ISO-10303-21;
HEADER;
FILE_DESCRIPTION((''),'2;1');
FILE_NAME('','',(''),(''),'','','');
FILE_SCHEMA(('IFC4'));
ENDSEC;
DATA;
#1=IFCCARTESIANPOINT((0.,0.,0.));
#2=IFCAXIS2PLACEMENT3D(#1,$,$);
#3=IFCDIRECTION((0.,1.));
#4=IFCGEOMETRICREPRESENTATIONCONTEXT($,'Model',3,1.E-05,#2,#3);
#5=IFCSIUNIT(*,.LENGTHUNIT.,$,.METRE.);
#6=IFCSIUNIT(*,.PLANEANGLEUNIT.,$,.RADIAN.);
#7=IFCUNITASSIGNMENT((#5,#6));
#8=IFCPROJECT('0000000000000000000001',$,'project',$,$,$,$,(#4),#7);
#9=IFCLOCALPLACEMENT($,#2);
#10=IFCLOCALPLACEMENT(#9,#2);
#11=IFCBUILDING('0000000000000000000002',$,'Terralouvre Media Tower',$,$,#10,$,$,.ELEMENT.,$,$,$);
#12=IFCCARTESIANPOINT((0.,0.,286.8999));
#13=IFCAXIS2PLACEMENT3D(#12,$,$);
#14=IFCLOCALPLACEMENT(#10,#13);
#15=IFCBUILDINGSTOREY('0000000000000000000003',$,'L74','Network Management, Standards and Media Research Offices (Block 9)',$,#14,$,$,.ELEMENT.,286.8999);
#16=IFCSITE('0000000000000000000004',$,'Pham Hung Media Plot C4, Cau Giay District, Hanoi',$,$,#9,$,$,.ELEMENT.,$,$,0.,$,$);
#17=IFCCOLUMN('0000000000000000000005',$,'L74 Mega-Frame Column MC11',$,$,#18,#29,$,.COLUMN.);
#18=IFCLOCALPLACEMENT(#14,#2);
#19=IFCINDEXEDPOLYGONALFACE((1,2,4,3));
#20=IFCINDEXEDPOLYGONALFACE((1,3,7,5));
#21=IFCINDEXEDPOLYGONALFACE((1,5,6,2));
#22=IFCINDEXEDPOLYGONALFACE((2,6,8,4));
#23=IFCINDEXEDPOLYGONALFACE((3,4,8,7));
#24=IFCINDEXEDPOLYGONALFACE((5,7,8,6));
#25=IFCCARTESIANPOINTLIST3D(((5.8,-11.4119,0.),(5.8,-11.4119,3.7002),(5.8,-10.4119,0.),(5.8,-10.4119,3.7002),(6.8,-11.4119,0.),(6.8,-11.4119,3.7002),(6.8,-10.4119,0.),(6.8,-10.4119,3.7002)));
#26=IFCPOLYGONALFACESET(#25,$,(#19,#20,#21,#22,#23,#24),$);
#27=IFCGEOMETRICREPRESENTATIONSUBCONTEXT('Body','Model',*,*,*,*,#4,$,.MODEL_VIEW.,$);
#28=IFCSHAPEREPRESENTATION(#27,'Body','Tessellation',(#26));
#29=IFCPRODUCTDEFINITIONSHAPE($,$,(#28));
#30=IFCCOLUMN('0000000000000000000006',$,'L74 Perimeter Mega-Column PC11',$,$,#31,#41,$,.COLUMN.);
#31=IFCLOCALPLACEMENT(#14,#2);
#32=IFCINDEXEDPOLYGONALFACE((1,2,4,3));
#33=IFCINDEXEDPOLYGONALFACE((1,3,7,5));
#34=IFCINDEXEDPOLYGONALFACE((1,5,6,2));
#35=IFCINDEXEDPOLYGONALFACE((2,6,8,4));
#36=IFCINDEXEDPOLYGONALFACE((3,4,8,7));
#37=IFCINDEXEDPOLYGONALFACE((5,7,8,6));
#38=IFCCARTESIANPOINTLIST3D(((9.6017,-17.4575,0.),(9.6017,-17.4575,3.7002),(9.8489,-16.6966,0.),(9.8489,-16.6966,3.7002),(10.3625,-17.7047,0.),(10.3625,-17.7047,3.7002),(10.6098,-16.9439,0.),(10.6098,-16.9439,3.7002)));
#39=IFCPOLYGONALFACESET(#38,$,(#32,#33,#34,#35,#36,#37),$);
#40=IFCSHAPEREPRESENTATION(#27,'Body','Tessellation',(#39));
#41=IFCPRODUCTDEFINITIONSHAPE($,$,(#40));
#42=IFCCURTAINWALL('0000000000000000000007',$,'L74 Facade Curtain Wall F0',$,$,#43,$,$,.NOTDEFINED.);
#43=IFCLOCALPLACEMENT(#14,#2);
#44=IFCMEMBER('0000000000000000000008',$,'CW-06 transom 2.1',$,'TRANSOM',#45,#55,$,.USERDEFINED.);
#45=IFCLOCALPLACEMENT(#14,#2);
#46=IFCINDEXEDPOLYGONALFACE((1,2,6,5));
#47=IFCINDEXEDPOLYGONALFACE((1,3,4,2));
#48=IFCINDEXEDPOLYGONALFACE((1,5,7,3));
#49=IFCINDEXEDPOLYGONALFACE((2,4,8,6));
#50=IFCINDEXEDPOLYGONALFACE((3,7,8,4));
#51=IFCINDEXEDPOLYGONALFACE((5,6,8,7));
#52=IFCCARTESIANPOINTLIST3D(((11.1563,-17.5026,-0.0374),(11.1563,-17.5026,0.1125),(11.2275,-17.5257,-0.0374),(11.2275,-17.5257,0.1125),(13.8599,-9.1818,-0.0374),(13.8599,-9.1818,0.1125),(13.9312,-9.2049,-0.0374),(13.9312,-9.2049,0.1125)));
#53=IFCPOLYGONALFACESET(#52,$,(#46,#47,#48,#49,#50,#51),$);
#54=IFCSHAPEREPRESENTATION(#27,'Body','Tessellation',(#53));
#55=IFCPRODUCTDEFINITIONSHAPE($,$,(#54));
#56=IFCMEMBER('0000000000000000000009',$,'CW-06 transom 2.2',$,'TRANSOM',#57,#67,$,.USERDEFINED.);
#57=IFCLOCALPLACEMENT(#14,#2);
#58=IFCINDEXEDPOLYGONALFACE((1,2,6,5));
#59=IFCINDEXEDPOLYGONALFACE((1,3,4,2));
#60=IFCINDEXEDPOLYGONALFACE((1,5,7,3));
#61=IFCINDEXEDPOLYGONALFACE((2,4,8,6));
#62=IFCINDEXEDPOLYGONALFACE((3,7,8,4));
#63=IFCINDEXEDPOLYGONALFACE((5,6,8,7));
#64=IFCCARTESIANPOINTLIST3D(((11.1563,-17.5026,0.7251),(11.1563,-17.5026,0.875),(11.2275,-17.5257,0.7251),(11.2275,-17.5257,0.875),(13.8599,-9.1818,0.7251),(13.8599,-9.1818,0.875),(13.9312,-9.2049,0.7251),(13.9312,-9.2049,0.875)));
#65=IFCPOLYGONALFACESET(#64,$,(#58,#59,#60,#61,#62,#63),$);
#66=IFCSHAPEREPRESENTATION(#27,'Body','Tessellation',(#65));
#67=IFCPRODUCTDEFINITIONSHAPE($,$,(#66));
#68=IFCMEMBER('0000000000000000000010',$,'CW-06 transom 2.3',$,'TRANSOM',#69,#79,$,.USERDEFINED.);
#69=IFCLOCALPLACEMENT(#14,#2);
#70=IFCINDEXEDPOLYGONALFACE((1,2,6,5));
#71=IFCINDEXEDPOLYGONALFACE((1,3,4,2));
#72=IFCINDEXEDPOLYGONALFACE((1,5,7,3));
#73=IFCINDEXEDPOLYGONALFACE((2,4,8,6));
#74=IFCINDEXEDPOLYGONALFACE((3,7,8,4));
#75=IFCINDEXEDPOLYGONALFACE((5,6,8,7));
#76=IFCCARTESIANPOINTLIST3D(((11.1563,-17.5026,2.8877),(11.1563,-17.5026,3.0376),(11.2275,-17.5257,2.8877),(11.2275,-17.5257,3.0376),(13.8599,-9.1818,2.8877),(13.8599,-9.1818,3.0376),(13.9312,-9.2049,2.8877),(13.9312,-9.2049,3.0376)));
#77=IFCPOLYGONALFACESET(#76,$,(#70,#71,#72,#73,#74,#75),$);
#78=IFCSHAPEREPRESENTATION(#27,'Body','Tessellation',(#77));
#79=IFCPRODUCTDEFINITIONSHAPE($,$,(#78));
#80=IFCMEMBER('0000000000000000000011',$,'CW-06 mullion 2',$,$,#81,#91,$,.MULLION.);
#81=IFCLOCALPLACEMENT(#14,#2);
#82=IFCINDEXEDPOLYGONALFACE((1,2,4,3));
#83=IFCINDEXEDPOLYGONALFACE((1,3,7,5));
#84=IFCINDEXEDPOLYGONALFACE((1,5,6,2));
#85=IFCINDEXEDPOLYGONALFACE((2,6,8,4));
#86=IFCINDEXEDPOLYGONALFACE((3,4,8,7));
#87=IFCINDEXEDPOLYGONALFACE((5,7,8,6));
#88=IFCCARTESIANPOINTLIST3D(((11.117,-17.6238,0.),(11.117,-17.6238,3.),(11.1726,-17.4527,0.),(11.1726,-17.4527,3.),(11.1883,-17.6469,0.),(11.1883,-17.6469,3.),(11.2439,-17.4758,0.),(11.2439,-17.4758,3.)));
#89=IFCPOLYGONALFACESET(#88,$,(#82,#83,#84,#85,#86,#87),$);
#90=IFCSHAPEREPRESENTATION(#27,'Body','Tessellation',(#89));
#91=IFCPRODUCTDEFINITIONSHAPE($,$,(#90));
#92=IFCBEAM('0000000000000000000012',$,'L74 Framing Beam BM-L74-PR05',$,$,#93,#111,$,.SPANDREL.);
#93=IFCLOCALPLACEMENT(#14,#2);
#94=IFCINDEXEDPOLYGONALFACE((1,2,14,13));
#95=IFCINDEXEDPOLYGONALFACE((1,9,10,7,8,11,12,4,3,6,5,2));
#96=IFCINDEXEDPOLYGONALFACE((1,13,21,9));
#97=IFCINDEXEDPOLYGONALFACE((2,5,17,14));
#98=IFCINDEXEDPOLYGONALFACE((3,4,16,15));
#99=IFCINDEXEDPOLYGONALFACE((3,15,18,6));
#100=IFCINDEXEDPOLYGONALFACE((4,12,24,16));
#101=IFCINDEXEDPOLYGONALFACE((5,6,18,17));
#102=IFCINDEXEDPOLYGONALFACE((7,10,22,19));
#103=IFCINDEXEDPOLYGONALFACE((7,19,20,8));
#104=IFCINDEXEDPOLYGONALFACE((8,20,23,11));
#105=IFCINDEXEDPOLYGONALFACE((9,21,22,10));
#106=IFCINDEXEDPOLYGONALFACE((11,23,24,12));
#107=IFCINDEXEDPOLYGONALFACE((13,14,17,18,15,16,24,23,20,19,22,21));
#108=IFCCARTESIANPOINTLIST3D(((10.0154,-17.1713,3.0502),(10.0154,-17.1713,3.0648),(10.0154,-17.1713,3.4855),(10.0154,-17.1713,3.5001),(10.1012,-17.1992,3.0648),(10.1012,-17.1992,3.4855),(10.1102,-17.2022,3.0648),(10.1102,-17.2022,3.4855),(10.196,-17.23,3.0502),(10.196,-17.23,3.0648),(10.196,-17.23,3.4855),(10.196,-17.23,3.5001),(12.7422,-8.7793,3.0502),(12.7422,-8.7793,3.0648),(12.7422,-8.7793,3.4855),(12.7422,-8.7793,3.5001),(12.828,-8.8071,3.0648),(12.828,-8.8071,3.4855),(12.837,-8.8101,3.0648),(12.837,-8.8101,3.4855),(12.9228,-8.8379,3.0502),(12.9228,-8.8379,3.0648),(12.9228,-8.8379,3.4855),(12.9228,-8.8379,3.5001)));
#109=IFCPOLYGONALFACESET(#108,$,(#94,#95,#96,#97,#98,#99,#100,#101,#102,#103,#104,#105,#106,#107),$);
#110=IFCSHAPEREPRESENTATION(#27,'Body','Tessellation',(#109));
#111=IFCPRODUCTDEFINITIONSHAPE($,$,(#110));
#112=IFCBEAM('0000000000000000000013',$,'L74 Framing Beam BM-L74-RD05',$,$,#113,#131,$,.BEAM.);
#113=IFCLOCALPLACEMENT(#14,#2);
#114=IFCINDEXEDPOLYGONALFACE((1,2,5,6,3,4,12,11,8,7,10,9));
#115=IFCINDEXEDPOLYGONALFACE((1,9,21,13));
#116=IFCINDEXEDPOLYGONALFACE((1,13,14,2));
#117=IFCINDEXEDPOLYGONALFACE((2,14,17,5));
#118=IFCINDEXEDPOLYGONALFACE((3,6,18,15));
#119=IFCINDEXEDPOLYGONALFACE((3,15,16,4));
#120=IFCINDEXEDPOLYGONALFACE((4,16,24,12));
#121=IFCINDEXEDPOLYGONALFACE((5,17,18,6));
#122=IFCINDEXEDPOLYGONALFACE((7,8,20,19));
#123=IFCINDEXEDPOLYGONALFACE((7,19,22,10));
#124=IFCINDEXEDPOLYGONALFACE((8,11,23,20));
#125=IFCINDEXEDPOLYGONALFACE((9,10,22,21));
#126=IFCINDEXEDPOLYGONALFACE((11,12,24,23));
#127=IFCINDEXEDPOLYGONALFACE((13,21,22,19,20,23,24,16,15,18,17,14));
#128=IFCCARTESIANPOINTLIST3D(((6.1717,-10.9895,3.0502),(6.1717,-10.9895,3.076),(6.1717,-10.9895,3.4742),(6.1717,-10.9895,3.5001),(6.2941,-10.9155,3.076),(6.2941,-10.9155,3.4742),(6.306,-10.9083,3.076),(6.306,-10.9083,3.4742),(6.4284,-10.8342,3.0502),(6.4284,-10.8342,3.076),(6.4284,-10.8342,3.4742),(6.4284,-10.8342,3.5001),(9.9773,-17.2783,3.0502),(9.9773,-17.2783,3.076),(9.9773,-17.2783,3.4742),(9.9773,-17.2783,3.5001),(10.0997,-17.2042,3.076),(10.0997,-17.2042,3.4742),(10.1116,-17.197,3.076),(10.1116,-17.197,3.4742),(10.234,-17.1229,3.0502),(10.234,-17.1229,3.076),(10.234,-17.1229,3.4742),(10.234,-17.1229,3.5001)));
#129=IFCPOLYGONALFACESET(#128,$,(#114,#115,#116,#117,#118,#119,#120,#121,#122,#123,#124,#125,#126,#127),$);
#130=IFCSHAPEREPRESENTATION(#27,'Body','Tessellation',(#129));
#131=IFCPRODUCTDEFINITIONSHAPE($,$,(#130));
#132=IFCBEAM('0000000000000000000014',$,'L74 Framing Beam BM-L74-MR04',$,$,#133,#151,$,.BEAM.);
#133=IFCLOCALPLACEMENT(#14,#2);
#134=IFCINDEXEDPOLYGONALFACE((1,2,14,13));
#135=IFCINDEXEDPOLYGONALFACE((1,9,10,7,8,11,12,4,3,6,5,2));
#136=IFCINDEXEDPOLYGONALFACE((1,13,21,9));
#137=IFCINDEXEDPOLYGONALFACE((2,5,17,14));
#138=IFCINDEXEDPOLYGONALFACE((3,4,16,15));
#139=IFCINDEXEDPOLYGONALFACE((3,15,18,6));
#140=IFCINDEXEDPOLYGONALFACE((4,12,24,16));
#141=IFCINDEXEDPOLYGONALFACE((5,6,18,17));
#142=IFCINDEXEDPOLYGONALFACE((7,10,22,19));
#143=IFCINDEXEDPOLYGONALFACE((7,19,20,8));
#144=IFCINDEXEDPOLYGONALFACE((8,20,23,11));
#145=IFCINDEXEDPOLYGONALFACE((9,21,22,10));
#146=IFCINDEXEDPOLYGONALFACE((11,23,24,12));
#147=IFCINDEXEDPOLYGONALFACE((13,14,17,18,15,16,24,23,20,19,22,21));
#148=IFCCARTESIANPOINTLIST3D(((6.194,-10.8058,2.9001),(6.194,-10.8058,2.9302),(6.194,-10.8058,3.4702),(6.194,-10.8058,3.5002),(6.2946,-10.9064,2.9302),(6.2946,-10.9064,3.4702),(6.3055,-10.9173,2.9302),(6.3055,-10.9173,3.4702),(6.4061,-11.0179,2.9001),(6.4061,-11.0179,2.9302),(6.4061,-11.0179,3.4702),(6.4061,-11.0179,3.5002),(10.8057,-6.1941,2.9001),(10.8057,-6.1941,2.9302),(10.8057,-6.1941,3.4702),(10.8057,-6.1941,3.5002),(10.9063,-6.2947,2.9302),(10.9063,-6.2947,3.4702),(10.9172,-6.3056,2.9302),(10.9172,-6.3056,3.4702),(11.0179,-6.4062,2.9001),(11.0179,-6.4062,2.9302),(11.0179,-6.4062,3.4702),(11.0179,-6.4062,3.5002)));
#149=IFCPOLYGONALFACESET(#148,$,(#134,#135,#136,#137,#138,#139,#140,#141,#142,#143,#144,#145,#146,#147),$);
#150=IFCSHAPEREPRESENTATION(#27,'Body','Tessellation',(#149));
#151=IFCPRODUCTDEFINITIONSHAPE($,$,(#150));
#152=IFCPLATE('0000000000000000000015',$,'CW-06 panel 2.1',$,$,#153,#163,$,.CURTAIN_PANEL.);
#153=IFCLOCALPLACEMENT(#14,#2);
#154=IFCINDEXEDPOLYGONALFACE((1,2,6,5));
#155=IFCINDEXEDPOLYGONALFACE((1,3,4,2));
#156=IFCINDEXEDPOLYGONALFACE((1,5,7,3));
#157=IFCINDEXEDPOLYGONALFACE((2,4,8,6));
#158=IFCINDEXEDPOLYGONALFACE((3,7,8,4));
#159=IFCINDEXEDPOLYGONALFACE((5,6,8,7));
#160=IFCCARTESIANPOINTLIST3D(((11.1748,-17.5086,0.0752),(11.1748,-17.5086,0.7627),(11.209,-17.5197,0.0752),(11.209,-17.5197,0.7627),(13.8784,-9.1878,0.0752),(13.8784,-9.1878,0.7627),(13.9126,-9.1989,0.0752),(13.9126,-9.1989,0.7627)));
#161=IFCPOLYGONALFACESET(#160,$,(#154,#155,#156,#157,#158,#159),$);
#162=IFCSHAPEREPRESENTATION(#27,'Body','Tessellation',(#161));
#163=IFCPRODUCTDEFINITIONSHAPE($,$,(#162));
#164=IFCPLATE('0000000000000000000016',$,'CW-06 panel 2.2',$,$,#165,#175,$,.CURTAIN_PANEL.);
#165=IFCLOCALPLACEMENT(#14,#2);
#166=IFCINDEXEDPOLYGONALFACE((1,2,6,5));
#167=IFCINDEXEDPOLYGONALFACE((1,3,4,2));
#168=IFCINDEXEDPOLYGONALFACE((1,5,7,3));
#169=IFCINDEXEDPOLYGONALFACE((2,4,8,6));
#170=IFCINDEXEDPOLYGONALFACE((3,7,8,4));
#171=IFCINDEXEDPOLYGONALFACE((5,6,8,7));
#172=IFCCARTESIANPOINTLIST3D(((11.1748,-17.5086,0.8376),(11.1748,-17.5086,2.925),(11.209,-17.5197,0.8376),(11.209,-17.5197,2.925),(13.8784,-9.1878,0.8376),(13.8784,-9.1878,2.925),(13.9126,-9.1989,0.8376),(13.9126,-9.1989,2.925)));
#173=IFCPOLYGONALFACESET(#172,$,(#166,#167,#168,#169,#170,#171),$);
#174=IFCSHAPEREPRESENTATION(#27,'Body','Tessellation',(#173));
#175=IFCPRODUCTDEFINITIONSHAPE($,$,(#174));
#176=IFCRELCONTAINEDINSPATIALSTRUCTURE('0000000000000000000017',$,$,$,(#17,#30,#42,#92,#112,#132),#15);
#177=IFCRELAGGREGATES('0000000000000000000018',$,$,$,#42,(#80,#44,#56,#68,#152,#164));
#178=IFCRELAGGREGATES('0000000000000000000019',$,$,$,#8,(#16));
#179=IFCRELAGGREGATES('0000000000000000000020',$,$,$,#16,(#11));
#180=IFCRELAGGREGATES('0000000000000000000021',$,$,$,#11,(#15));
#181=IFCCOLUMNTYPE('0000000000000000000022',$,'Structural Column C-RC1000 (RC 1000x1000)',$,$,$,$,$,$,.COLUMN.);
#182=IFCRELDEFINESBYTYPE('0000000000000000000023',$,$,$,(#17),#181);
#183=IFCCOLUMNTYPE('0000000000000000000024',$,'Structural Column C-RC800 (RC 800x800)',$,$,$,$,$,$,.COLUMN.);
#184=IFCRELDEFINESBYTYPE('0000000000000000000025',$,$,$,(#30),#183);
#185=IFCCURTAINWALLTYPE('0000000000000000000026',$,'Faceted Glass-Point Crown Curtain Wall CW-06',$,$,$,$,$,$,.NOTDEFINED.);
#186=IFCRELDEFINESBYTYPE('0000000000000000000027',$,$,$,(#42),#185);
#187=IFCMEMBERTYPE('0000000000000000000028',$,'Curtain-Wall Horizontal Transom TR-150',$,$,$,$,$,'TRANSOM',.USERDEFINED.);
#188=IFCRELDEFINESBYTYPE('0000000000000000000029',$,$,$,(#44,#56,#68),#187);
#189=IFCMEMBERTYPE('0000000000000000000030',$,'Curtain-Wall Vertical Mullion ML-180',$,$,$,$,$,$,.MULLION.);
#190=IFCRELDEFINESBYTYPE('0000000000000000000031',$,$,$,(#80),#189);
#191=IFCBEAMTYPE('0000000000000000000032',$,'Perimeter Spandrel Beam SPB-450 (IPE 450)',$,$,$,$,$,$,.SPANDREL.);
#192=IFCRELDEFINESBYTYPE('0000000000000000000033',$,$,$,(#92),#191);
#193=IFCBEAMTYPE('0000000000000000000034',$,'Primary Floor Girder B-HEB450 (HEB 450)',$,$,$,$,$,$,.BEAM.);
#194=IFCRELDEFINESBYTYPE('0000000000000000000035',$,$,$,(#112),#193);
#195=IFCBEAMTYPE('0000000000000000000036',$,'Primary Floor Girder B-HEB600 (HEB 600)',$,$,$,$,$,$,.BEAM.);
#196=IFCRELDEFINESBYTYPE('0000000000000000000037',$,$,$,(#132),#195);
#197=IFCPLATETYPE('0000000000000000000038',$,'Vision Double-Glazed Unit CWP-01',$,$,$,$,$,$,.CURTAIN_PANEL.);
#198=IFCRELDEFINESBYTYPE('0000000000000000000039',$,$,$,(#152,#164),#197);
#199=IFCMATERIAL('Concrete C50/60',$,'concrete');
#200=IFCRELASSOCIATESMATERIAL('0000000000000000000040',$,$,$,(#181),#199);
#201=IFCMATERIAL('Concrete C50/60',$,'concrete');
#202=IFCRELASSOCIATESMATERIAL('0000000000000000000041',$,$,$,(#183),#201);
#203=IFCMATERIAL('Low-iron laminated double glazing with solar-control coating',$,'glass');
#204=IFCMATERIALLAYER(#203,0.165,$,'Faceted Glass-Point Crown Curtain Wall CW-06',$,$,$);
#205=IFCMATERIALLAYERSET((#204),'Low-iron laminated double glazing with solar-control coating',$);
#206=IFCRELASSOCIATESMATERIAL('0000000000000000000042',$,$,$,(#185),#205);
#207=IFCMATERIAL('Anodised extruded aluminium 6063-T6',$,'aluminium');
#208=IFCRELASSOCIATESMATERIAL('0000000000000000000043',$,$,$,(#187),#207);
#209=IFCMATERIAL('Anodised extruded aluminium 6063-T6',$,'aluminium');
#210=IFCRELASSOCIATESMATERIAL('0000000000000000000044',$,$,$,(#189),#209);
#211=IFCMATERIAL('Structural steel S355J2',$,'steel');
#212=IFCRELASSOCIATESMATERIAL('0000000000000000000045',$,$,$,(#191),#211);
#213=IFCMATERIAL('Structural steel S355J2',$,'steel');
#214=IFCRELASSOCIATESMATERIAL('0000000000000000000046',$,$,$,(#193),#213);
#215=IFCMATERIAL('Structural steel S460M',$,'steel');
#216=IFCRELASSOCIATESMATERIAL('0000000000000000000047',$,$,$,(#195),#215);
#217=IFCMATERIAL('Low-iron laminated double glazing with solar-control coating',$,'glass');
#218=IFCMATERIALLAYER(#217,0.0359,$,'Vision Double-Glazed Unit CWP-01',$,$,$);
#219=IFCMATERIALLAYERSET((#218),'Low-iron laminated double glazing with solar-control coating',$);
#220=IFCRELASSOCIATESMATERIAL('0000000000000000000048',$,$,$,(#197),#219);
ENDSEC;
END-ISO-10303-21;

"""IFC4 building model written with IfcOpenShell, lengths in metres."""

from ifc_helpers import new_model, si_unit, direction, frame, origin, origin_2d, place, context, subcontext, project, spatial, rectangle, i_section, extrude, material, layer, layer_set, material_profile, profile_set, type_object, element, aggregate, save


model = new_model("IFC4")

# Units and contexts
model_context = context("Model", 3, precision=1e-05, world=origin(), true_north=direction((0.0, 1.0)))
body_context = subcontext(model_context, "Body", "Model", "MODEL_VIEW")
ifc_project = project(units=[si_unit("LENGTHUNIT", "METRE"), si_unit("PLANEANGLEUNIT", "RADIAN")], contexts=[model_context])

# Site, building, storey
site_placement = place(None, origin())
site = spatial("IfcSite", under=ifc_project, at=site_placement, Name="Pham Hung Media Plot C4, Cau Giay District, Hanoi", CompositionType="ELEMENT", RefElevation=0.0)
building_placement = place(site_placement, origin())
building = spatial("IfcBuilding", under=site, at=building_placement, Name="Terralouvre Media Tower", CompositionType="ELEMENT")
storey_placement = place(building_placement, frame((0.0, 0.0, 286.8999)))
storey = spatial("IfcBuildingStorey", under=building, at=storey_placement, Name="L74", Description="Network Management, Standards and Media Research Offices (Block 9)", CompositionType="ELEMENT", Elevation=286.8999)

# Columns
ifc_material_1 = material(Name="Concrete C50/60", Category="concrete")
ifc_material_profile_1 = material_profile(ifc_material_1, rectangle(XDim=1.0, YDim=1.0, at=origin_2d()), Name="RC 1000x1000")
ifc_profile_set_1 = profile_set([ifc_material_profile_1], Name="Concrete C50/60")
column_type_1 = type_object("IfcColumnType", Name="Structural Column C-RC1000 (RC 1000x1000)", PredefinedType="COLUMN", material=ifc_profile_set_1)
column_1_placement = place(storey_placement, frame((6.3, -10.9119, 0.0), z_axis=(0.0, 0.0, 1.0), x_axis=(1.0, 0.0, 0.0)))
element("IfcColumn", 1, at=column_1_placement, inside=storey, type_object=column_type_1, Name="L74 Mega-Frame Column MC11", PredefinedType="COLUMN", context=body_context, shape_type="SweptSolid", body=[
    extrude(rectangle(XDim=1.0, YDim=1.0, at=origin_2d()), origin(), (0.0, 0.0, 1.0), 3.7002),
])
ifc_material_2 = material(Name="Concrete C50/60", Category="concrete")
ifc_material_profile_2 = material_profile(ifc_material_2, rectangle(XDim=0.8, YDim=0.8, at=origin_2d()), Name="RC 800x800")
ifc_profile_set_2 = profile_set([ifc_material_profile_2], Name="Concrete C50/60")
column_type_2 = type_object("IfcColumnType", Name="Structural Column C-RC800 (RC 800x800)", PredefinedType="COLUMN", material=ifc_profile_set_2)
column_2_placement = place(storey_placement, frame((10.1057, -17.2007, 0.0), z_axis=(0.0, 0.0, 1.0), x_axis=(0.309017, 0.951057, 0.0)))
element("IfcColumn", 2, at=column_2_placement, inside=storey, type_object=column_type_2, Name="L74 Perimeter Mega-Column PC11", PredefinedType="COLUMN", context=body_context, shape_type="SweptSolid", body=[
    extrude(rectangle(XDim=0.8, YDim=0.8, at=origin_2d()), origin(), (0.0, 0.0, 1.0), 3.7002),
])

# Curtain wall, members
ifc_material_3 = material(Name="Low-iron laminated double glazing with solar-control coating", Category="glass")
ifc_layer_1 = layer(ifc_material_3, 0.165, Name="Faceted Glass-Point Crown Curtain Wall CW-06")
ifc_layer_set_1 = layer_set([ifc_layer_1], Name="Low-iron laminated double glazing with solar-control coating")
curtain_wall_type = type_object("IfcCurtainWallType", Name="Faceted Glass-Point Crown Curtain Wall CW-06", PredefinedType="NOTDEFINED", material=ifc_layer_set_1)
curtain_wall_placement = place(storey_placement, origin())
curtain_wall = element("IfcCurtainWall", 3, at=curtain_wall_placement, inside=storey, type_object=curtain_wall_type, Name="L74 Facade Curtain Wall F0", PredefinedType="NOTDEFINED")
ifc_material_4 = material(Name="Anodised extruded aluminium 6063-T6", Category="aluminium")
ifc_material_profile_3 = material_profile(ifc_material_4, rectangle(XDim=0.075, YDim=0.1499, at=origin_2d()), Name="ALU 75x150")
ifc_profile_set_3 = profile_set([ifc_material_profile_3], Name="Anodised extruded aluminium 6063-T6")
member_type_1 = type_object("IfcMemberType", Name="Curtain-Wall Horizontal Transom TR-150", ElementType="TRANSOM", PredefinedType="USERDEFINED", material=ifc_profile_set_3)
member_1_placement = place(storey_placement, frame((11.1919, -17.5142, 0.0376), z_axis=(0.309019, 0.951056, 0.0), x_axis=(-0.951056, 0.309019, 0.0)))
member_1 = element("IfcMember", 4, at=member_1_placement, type_object=member_type_1, Name="CW-06 transom 2.1", ObjectType="TRANSOM", PredefinedType="USERDEFINED", context=body_context, shape_type="SweptSolid", body=[
    extrude(rectangle(XDim=0.075, YDim=0.1499, at=origin_2d()), origin(), (0.0, 0.0, 1.0), 8.749),
])
member_2_placement = place(storey_placement, frame((11.1919, -17.5142, 0.8), z_axis=(0.309019, 0.951056, 0.0), x_axis=(-0.951056, 0.309019, 0.0)))
member_2 = element("IfcMember", 5, at=member_2_placement, type_object=member_type_1, Name="CW-06 transom 2.2", ObjectType="TRANSOM", PredefinedType="USERDEFINED", context=body_context, shape_type="SweptSolid", body=[
    extrude(rectangle(XDim=0.075, YDim=0.1499, at=origin_2d()), origin(), (0.0, 0.0, 1.0), 8.749),
])
member_3_placement = place(storey_placement, frame((11.1919, -17.5142, 2.9626), z_axis=(0.309019, 0.951056, 0.0), x_axis=(-0.951056, 0.309019, 0.0)))
member_3 = element("IfcMember", 6, at=member_3_placement, type_object=member_type_1, Name="CW-06 transom 2.3", ObjectType="TRANSOM", PredefinedType="USERDEFINED", context=body_context, shape_type="SweptSolid", body=[
    extrude(rectangle(XDim=0.075, YDim=0.1499, at=origin_2d()), origin(), (0.0, 0.0, 1.0), 8.749),
])
ifc_material_5 = material(Name="Anodised extruded aluminium 6063-T6", Category="aluminium")
ifc_material_profile_4 = material_profile(ifc_material_5, rectangle(XDim=0.075, YDim=0.1799, at=origin_2d()), Name="ALU 75x180")
ifc_profile_set_4 = profile_set([ifc_material_profile_4], Name="Anodised extruded aluminium 6063-T6")
member_type_2 = type_object("IfcMemberType", Name="Curtain-Wall Vertical Mullion ML-180", PredefinedType="MULLION", material=ifc_profile_set_4)
member_4_placement = place(storey_placement, frame((11.1804, -17.5498, 0.0), z_axis=(0.0, 0.0, 1.0), x_axis=(-0.951057, 0.309017, 0.0)))
member_4 = element("IfcMember", 7, at=member_4_placement, type_object=member_type_2, Name="CW-06 mullion 2", PredefinedType="MULLION", context=body_context, shape_type="SweptSolid", body=[
    extrude(rectangle(XDim=0.075, YDim=0.1799, at=origin_2d()), origin(), (0.0, 0.0, 1.0), 3.0),
])

# Beams
ifc_material_6 = material(Name="Structural steel S355J2", Category="steel")
ifc_material_profile_5 = material_profile(ifc_material_6, i_section(OverallWidth=0.1899, OverallDepth=0.45, WebThickness=0.0095, FlangeThickness=0.0146, at=origin_2d()), Name="IPE 450")
ifc_profile_set_5 = profile_set([ifc_material_profile_5], Name="Structural steel S355J2")
beam_type_1 = type_object("IfcBeamType", Name="Perimeter Spandrel Beam SPB-450 (IPE 450)", PredefinedType="SPANDREL", material=ifc_profile_set_5)
beam_1_placement = place(storey_placement, frame((10.1057, -17.2007, 3.2751), z_axis=(0.309022, 0.951055, 0.0), x_axis=(-0.951055, 0.309022, 0.0)))
element("IfcBeam", 8, at=beam_1_placement, inside=storey, type_object=beam_type_1, Name="L74 Framing Beam BM-L74-PR05", PredefinedType="SPANDREL", context=body_context, shape_type="SweptSolid", body=[
    extrude(i_section(OverallWidth=0.1899, OverallDepth=0.45, WebThickness=0.0095, FlangeThickness=0.0146, at=origin_2d()), origin(), (0.0, 0.0, 1.0), 8.824),
])
ifc_material_7 = material(Name="Structural steel S355J2", Category="steel")
ifc_material_profile_6 = material_profile(ifc_material_7, i_section(OverallWidth=0.3, OverallDepth=0.45, WebThickness=0.0139, FlangeThickness=0.0259, at=origin_2d()), Name="HEB 450")
ifc_profile_set_6 = profile_set([ifc_material_profile_6], Name="Structural steel S355J2")
beam_type_2 = type_object("IfcBeamType", Name="Primary Floor Girder B-HEB450 (HEB 450)", PredefinedType="BEAM", material=ifc_profile_set_6)
beam_2_placement = place(storey_placement, frame((6.3, -10.9119, 3.2751), z_axis=(0.51773, -0.855544, 0.0), x_axis=(0.855544, 0.51773, 0.0)))
element("IfcBeam", 9, at=beam_2_placement, inside=storey, type_object=beam_type_2, Name="L74 Framing Beam BM-L74-RD05", PredefinedType="BEAM", context=body_context, shape_type="SweptSolid", body=[
    extrude(i_section(OverallWidth=0.3, OverallDepth=0.45, WebThickness=0.0139, FlangeThickness=0.0259, at=origin_2d()), origin(), (0.0, 0.0, 1.0), 7.3506),
])
ifc_material_8 = material(Name="Structural steel S460M", Category="steel")
ifc_material_profile_7 = material_profile(ifc_material_8, i_section(OverallWidth=0.3, OverallDepth=0.6001, WebThickness=0.0154, FlangeThickness=0.03, at=origin_2d()), Name="HEB 600")
ifc_profile_set_7 = profile_set([ifc_material_profile_7], Name="Structural steel S460M")
beam_type_3 = type_object("IfcBeamType", Name="Primary Floor Girder B-HEB600 (HEB 600)", PredefinedType="BEAM", material=ifc_profile_set_7)
beam_3_placement = place(storey_placement, frame((6.3, -10.9119, 3.2002), z_axis=(0.707107, 0.707107, 0.0), x_axis=(-0.707107, 0.707107, 0.0)))
element("IfcBeam", 10, at=beam_3_placement, inside=storey, type_object=beam_type_3, Name="L74 Framing Beam BM-L74-MR04", PredefinedType="BEAM", context=body_context, shape_type="SweptSolid", body=[
    extrude(i_section(OverallWidth=0.3, OverallDepth=0.6001, WebThickness=0.0154, FlangeThickness=0.03, at=origin_2d()), origin(), (0.0, 0.0, 1.0), 6.522),
])

# Plates
ifc_material_9 = material(Name="Low-iron laminated double glazing with solar-control coating", Category="glass")
ifc_layer_2 = layer(ifc_material_9, 0.0359, Name="Vision Double-Glazed Unit CWP-01")
ifc_layer_set_2 = layer_set([ifc_layer_2], Name="Low-iron laminated double glazing with solar-control coating")
plate_type = type_object("IfcPlateType", Name="Vision Double-Glazed Unit CWP-01", PredefinedType="CURTAIN_PANEL", material=ifc_layer_set_2)
plate_1_placement = place(storey_placement, frame((12.5437, -13.3538, 0.0752), z_axis=(0.0, 0.0, 1.0), x_axis=(0.309017, 0.951057, 0.0)))
plate_1 = element("IfcPlate", 11, at=plate_1_placement, type_object=plate_type, Name="CW-06 panel 2.1", PredefinedType="CURTAIN_PANEL", context=body_context, shape_type="SweptSolid", body=[
    extrude(rectangle(XDim=8.749, YDim=0.0359, at=origin_2d()), origin(), (0.0, 0.0, 1.0), 0.6875),
])
plate_2_placement = place(storey_placement, frame((12.5437, -13.3538, 0.8376), z_axis=(0.0, 0.0, 1.0), x_axis=(0.309017, 0.951057, 0.0)))
plate_2 = element("IfcPlate", 12, at=plate_2_placement, type_object=plate_type, Name="CW-06 panel 2.2", PredefinedType="CURTAIN_PANEL", context=body_context, shape_type="SweptSolid", body=[
    extrude(rectangle(XDim=8.749, YDim=0.0359, at=origin_2d()), origin(), (0.0, 0.0, 1.0), 2.0874),
])
aggregate(curtain_wall, [member_4, member_1, member_2, member_3, plate_1, plate_2])

save(model, "model.ifc")
